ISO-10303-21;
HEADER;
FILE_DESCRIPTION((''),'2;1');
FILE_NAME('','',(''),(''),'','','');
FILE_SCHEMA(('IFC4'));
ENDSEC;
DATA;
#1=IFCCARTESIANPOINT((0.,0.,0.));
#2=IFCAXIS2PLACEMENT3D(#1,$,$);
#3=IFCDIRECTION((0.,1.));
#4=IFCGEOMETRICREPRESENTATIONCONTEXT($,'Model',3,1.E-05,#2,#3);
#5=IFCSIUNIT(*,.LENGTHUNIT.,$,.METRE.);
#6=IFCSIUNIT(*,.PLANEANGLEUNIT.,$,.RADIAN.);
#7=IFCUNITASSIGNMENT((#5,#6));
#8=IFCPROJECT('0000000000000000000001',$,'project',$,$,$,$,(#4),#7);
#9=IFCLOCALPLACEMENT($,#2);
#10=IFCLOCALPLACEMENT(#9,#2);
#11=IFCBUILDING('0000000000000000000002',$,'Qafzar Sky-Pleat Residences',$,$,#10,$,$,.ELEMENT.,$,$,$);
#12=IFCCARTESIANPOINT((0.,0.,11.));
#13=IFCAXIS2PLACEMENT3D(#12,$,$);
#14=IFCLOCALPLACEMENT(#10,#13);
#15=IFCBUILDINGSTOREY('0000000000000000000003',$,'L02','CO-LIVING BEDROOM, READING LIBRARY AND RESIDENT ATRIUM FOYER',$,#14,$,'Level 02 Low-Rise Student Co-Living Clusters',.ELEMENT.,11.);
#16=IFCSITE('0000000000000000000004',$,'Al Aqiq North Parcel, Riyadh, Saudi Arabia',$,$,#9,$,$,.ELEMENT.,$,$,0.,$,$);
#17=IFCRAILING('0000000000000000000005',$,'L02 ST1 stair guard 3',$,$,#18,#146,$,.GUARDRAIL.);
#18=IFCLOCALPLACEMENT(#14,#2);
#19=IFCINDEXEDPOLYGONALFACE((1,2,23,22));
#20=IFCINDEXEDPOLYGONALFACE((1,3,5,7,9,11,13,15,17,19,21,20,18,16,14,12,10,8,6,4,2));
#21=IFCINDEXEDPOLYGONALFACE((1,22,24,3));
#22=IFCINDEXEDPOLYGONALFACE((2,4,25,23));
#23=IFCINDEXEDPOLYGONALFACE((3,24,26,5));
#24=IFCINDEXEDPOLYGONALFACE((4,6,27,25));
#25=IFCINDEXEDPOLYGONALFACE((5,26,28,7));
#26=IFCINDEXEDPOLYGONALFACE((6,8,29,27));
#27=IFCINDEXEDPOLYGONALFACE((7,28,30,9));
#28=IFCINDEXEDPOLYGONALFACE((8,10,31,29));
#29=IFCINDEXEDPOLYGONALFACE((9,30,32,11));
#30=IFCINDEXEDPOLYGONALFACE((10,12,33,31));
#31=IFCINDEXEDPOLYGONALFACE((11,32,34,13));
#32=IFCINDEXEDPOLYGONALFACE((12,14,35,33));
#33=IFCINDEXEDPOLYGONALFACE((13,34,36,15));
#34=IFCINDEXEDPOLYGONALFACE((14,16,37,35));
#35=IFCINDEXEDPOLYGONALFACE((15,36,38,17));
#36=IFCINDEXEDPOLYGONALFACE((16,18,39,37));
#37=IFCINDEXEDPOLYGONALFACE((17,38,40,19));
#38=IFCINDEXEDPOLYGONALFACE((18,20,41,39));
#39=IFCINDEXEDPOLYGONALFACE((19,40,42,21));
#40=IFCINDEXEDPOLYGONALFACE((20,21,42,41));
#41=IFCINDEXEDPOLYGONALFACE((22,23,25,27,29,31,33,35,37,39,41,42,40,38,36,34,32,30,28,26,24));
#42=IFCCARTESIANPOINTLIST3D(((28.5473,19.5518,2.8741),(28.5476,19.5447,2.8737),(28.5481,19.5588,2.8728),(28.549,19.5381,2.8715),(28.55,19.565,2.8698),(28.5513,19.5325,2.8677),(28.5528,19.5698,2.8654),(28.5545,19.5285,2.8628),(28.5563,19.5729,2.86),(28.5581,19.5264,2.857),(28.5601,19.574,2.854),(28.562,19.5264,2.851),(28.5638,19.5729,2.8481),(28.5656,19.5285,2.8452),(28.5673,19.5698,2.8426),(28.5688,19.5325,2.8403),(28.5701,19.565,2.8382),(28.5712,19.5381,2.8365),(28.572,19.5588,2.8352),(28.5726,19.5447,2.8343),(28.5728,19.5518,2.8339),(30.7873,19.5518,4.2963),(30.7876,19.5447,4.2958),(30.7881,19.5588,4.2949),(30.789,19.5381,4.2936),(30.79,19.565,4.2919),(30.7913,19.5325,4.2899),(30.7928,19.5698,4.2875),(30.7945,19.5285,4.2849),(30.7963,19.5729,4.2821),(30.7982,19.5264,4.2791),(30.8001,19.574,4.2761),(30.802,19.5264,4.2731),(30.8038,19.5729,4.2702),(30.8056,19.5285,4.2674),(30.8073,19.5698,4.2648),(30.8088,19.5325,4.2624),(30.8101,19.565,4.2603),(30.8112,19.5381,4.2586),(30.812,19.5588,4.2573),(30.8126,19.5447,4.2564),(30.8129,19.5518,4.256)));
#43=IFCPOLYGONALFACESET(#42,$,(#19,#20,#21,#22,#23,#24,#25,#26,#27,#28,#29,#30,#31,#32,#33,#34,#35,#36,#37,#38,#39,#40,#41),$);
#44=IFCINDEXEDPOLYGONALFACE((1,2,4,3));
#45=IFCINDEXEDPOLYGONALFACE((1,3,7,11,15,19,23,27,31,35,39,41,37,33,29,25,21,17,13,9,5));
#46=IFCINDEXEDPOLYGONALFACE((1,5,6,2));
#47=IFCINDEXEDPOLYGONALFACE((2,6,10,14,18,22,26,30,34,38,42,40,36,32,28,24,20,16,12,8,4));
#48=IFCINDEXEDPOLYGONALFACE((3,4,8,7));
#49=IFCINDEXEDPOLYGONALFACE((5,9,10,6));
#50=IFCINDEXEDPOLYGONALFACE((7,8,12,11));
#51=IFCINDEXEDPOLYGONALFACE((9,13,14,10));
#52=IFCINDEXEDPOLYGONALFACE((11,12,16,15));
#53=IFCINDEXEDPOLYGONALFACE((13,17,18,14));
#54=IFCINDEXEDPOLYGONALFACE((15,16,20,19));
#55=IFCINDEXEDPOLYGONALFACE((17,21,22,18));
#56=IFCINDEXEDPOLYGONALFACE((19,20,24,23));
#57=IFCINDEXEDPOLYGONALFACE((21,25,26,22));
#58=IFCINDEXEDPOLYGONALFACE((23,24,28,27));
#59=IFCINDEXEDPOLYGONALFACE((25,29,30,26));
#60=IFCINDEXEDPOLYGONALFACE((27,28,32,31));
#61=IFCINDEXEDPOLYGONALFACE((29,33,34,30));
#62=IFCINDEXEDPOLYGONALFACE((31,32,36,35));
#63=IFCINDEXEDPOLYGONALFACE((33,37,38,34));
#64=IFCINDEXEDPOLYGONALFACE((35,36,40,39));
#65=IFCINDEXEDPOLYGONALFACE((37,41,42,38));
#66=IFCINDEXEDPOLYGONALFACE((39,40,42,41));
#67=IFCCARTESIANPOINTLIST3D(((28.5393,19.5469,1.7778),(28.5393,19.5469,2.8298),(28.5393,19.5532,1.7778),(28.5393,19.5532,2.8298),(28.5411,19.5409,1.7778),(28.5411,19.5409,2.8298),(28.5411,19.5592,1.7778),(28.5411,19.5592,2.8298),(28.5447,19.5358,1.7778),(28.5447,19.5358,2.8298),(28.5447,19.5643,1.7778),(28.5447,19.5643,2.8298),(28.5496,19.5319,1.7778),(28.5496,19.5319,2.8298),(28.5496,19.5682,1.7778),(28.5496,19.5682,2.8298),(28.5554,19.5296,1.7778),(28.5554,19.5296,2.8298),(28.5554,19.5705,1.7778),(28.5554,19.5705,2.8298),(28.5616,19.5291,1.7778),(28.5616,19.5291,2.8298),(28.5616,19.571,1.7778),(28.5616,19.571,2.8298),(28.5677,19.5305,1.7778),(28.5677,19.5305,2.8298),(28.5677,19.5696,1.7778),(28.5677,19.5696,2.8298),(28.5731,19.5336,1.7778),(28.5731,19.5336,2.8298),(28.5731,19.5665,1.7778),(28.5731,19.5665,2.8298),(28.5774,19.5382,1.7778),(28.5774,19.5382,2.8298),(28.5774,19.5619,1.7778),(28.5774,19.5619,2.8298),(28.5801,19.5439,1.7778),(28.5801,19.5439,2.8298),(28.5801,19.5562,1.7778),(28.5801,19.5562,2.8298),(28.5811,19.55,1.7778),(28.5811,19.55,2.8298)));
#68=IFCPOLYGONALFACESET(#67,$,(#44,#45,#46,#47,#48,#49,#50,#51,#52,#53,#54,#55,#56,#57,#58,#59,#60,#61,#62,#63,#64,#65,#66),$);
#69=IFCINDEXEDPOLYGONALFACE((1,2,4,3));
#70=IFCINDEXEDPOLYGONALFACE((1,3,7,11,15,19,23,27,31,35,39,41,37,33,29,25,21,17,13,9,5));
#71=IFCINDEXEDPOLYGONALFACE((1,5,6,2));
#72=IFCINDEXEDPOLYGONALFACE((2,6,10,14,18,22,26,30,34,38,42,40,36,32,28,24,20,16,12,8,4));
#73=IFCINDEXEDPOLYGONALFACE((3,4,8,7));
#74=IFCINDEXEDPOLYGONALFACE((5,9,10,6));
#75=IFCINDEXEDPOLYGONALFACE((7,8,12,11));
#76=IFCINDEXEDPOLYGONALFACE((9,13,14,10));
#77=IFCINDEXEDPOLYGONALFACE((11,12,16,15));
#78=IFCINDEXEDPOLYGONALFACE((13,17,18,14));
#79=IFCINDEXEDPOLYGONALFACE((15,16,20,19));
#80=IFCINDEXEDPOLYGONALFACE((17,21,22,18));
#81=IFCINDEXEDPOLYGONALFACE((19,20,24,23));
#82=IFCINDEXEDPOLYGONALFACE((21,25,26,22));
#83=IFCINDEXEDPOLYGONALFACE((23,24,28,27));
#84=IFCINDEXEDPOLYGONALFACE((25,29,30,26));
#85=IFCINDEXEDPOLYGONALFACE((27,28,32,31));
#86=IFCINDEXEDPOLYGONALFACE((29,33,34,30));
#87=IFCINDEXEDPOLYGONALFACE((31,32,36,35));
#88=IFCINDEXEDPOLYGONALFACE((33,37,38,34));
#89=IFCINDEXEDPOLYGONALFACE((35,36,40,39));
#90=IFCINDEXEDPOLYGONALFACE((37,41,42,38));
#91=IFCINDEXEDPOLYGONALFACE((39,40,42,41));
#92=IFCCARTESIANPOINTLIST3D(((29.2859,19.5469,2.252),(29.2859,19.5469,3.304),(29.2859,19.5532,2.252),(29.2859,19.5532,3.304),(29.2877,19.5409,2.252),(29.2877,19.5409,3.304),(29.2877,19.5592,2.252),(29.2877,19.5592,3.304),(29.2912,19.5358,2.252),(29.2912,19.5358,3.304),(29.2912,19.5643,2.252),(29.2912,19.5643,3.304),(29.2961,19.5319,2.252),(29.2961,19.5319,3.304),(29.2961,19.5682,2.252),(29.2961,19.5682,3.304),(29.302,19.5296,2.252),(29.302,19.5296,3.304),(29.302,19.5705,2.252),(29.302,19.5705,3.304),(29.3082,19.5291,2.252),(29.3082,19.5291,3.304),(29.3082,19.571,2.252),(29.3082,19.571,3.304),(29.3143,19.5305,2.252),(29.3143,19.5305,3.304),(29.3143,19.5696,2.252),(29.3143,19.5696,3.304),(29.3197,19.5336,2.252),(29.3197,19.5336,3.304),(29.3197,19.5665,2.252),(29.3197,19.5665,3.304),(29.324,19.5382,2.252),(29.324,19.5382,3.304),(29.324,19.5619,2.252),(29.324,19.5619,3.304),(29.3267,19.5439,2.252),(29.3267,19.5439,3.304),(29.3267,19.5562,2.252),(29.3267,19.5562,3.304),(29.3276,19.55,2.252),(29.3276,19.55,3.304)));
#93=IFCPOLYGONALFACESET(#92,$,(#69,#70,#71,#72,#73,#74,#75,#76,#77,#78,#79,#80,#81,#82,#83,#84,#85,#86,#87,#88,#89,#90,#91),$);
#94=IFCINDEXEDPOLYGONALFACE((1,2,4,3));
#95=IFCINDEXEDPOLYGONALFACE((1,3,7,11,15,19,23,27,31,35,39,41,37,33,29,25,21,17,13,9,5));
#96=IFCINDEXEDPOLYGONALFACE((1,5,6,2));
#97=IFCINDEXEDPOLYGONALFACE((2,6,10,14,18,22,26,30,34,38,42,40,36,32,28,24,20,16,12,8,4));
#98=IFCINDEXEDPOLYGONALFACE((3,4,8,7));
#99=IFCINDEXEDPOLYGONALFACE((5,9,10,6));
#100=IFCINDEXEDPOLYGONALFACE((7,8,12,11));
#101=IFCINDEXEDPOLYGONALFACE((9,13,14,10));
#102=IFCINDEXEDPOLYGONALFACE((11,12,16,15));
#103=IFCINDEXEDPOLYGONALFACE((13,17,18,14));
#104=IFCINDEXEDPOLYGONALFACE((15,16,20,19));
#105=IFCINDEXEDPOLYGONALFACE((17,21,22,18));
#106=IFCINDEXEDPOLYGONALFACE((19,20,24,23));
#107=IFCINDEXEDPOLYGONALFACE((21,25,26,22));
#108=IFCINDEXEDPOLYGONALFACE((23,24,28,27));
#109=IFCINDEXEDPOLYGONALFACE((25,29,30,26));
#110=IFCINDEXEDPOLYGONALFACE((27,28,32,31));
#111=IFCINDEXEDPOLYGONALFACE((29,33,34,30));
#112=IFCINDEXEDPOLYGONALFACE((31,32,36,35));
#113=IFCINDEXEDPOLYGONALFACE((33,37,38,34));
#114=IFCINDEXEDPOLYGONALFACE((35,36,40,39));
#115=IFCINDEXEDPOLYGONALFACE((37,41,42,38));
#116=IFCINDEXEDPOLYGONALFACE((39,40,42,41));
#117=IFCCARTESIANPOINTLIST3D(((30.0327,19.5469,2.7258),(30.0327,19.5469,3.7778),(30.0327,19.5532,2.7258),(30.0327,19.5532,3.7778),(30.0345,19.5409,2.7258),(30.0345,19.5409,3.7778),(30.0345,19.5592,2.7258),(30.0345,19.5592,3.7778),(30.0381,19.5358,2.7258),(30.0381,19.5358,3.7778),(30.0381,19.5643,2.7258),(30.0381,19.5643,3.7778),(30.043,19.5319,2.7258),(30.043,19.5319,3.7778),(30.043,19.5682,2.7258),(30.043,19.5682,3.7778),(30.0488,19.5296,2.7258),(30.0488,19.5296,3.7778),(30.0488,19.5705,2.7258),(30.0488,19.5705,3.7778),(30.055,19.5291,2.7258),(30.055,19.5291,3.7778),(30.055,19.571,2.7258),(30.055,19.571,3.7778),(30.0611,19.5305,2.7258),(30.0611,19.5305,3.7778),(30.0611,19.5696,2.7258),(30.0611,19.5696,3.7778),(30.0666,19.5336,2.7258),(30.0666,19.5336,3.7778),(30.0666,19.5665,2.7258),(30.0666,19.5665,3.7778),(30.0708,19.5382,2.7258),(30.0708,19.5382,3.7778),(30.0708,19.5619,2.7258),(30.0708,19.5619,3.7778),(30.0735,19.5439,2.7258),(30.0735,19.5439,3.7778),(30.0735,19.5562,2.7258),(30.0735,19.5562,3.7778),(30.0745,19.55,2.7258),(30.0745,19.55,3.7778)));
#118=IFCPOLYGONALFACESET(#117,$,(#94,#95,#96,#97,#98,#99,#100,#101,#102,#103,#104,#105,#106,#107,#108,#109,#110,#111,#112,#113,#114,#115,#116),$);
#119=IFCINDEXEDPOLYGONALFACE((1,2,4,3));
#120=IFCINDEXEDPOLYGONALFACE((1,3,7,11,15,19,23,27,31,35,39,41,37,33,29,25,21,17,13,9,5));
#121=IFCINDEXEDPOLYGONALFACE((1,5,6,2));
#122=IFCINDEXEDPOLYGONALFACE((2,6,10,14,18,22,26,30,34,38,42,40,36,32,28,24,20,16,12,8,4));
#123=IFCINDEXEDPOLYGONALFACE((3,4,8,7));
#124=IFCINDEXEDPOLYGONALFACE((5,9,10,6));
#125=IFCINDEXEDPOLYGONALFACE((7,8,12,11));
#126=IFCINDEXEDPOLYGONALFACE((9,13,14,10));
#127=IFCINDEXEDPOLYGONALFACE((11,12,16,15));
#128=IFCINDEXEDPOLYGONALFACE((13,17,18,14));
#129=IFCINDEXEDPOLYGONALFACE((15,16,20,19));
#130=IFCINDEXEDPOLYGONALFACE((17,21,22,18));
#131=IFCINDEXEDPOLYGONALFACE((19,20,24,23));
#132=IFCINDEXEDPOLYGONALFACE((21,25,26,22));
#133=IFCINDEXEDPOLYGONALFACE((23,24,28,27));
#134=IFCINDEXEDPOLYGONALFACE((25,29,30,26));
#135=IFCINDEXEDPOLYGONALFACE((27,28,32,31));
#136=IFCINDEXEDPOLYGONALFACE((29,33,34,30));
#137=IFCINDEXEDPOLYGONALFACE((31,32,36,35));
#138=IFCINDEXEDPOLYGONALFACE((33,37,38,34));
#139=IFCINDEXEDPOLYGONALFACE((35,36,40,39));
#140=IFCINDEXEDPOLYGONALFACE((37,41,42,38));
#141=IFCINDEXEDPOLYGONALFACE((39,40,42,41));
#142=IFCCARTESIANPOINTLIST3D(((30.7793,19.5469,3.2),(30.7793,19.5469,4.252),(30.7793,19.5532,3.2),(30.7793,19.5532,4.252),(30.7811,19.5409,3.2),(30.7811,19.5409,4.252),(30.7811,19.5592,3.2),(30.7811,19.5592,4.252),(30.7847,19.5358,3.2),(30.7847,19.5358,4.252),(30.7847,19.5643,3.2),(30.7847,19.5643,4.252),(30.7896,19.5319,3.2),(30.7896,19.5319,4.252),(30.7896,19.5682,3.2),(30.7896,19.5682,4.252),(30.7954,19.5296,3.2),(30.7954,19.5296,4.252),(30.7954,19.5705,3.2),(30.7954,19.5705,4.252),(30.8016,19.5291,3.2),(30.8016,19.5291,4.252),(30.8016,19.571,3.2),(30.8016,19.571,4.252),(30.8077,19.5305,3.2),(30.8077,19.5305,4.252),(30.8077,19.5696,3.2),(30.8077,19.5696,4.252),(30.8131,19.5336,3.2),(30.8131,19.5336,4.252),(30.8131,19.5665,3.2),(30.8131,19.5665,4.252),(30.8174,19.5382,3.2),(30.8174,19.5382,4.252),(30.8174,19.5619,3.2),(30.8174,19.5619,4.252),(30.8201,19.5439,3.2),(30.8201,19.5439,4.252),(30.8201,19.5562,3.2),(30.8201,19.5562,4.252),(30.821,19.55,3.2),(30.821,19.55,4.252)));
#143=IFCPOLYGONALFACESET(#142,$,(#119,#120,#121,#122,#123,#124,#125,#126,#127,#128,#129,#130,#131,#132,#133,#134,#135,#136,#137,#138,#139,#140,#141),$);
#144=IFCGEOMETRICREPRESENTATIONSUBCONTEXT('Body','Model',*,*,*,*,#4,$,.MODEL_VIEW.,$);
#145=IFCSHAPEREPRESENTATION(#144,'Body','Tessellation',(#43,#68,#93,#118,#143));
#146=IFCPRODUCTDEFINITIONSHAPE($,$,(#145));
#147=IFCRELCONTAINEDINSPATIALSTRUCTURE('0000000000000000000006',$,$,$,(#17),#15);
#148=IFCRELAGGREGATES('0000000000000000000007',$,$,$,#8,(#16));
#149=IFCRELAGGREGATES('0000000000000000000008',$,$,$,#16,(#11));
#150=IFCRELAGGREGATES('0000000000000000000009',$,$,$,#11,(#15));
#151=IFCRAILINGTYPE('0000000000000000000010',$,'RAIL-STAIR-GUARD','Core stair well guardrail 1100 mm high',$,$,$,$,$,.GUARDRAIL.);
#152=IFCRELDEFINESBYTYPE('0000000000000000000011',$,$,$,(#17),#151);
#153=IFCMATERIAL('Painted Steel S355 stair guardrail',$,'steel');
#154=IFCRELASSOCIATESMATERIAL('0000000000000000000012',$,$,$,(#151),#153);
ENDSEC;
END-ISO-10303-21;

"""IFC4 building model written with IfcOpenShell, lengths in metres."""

from ifc_helpers import new_model, si_unit, direction, frame, origin, origin_2d, place, context, subcontext, project, spatial, circle, extrude, source, transform, mapped, material, type_object, element, save


model = new_model("IFC4")

# Units and contexts
model_context = context("Model", 3, precision=1e-05, world=origin(), true_north=direction((0.0, 1.0)))
body_context = subcontext(model_context, "Body", "Model", "MODEL_VIEW")
ifc_project = project(units=[si_unit("LENGTHUNIT", "METRE"), si_unit("PLANEANGLEUNIT", "RADIAN")], contexts=[model_context])

# Site, building, storey
site_placement = place(None, origin())
site = spatial("IfcSite", under=ifc_project, at=site_placement, Name="Al Aqiq North Parcel, Riyadh, Saudi Arabia", CompositionType="ELEMENT", RefElevation=0.0)
building_placement = place(site_placement, origin())
building = spatial("IfcBuilding", under=site, at=building_placement, Name="Qafzar Sky-Pleat Residences", CompositionType="ELEMENT")
storey_placement = place(building_placement, frame((0.0, 0.0, 11.0)))
storey = spatial("IfcBuildingStorey", under=building, at=storey_placement, Name="L02", Description="CO-LIVING BEDROOM, READING LIBRARY AND RESIDENT ATRIUM FOYER", LongName="Level 02 Low-Rise Student Co-Living Clusters", CompositionType="ELEMENT", Elevation=11.0)

# Railing
ifc_material_1 = material(Name="Painted Steel S355 stair guardrail", Category="steel")
railing_type_1 = type_object("IfcRailingType", Name="RAIL-STAIR-GUARD", Description="Core stair well guardrail 1100 mm high", PredefinedType="GUARDRAIL", material=ifc_material_1)
shared_shape_1 = source(origin(), body_context, "Body", "SweptSolid", [
    extrude(circle(Radius=0.0239, at=origin_2d()), frame((0.0, 0.0, 1.0762), z_axis=(0.844229, 0.0, 0.535982), x_axis=(0.0, 1.0, 0.0)), (0.0, 0.0, 1.0), 2.6533),
    extrude(circle(Radius=0.021, at=origin_2d()), origin(), (0.0, 0.0, 1.0), 1.052),
    extrude(circle(Radius=0.021, at=origin_2d()), frame((0.7466, 0.0, 0.4741)), (0.0, 0.0, 1.0), 1.052),
    extrude(circle(Radius=0.021, at=origin_2d()), frame((1.4934, 0.0, 0.948)), (0.0, 0.0, 1.0), 1.052),
    extrude(circle(Radius=0.021, at=origin_2d()), frame((2.24, 0.0, 1.4221)), (0.0, 0.0, 1.0), 1.052),
])
railing_1_placement = place(storey_placement, frame((28.5601, 19.55, 1.7778)))
element("IfcRailing", 1, at=railing_1_placement, inside=storey, type_object=railing_type_1, Name="L02 ST1 stair guard 3", PredefinedType="GUARDRAIL", context=body_context, shape_type="MappedRepresentation", body=[
    mapped(shared_shape_1, transform((0.0, 0.0, 0.0), x_axis=(1.0, 0.0, 0.0), y_axis=(0.0, 1.0, 0.0), z_axis=(0.0, 0.0, 1.0), scale=1.0)),
])

save(model, "model.ifc")
